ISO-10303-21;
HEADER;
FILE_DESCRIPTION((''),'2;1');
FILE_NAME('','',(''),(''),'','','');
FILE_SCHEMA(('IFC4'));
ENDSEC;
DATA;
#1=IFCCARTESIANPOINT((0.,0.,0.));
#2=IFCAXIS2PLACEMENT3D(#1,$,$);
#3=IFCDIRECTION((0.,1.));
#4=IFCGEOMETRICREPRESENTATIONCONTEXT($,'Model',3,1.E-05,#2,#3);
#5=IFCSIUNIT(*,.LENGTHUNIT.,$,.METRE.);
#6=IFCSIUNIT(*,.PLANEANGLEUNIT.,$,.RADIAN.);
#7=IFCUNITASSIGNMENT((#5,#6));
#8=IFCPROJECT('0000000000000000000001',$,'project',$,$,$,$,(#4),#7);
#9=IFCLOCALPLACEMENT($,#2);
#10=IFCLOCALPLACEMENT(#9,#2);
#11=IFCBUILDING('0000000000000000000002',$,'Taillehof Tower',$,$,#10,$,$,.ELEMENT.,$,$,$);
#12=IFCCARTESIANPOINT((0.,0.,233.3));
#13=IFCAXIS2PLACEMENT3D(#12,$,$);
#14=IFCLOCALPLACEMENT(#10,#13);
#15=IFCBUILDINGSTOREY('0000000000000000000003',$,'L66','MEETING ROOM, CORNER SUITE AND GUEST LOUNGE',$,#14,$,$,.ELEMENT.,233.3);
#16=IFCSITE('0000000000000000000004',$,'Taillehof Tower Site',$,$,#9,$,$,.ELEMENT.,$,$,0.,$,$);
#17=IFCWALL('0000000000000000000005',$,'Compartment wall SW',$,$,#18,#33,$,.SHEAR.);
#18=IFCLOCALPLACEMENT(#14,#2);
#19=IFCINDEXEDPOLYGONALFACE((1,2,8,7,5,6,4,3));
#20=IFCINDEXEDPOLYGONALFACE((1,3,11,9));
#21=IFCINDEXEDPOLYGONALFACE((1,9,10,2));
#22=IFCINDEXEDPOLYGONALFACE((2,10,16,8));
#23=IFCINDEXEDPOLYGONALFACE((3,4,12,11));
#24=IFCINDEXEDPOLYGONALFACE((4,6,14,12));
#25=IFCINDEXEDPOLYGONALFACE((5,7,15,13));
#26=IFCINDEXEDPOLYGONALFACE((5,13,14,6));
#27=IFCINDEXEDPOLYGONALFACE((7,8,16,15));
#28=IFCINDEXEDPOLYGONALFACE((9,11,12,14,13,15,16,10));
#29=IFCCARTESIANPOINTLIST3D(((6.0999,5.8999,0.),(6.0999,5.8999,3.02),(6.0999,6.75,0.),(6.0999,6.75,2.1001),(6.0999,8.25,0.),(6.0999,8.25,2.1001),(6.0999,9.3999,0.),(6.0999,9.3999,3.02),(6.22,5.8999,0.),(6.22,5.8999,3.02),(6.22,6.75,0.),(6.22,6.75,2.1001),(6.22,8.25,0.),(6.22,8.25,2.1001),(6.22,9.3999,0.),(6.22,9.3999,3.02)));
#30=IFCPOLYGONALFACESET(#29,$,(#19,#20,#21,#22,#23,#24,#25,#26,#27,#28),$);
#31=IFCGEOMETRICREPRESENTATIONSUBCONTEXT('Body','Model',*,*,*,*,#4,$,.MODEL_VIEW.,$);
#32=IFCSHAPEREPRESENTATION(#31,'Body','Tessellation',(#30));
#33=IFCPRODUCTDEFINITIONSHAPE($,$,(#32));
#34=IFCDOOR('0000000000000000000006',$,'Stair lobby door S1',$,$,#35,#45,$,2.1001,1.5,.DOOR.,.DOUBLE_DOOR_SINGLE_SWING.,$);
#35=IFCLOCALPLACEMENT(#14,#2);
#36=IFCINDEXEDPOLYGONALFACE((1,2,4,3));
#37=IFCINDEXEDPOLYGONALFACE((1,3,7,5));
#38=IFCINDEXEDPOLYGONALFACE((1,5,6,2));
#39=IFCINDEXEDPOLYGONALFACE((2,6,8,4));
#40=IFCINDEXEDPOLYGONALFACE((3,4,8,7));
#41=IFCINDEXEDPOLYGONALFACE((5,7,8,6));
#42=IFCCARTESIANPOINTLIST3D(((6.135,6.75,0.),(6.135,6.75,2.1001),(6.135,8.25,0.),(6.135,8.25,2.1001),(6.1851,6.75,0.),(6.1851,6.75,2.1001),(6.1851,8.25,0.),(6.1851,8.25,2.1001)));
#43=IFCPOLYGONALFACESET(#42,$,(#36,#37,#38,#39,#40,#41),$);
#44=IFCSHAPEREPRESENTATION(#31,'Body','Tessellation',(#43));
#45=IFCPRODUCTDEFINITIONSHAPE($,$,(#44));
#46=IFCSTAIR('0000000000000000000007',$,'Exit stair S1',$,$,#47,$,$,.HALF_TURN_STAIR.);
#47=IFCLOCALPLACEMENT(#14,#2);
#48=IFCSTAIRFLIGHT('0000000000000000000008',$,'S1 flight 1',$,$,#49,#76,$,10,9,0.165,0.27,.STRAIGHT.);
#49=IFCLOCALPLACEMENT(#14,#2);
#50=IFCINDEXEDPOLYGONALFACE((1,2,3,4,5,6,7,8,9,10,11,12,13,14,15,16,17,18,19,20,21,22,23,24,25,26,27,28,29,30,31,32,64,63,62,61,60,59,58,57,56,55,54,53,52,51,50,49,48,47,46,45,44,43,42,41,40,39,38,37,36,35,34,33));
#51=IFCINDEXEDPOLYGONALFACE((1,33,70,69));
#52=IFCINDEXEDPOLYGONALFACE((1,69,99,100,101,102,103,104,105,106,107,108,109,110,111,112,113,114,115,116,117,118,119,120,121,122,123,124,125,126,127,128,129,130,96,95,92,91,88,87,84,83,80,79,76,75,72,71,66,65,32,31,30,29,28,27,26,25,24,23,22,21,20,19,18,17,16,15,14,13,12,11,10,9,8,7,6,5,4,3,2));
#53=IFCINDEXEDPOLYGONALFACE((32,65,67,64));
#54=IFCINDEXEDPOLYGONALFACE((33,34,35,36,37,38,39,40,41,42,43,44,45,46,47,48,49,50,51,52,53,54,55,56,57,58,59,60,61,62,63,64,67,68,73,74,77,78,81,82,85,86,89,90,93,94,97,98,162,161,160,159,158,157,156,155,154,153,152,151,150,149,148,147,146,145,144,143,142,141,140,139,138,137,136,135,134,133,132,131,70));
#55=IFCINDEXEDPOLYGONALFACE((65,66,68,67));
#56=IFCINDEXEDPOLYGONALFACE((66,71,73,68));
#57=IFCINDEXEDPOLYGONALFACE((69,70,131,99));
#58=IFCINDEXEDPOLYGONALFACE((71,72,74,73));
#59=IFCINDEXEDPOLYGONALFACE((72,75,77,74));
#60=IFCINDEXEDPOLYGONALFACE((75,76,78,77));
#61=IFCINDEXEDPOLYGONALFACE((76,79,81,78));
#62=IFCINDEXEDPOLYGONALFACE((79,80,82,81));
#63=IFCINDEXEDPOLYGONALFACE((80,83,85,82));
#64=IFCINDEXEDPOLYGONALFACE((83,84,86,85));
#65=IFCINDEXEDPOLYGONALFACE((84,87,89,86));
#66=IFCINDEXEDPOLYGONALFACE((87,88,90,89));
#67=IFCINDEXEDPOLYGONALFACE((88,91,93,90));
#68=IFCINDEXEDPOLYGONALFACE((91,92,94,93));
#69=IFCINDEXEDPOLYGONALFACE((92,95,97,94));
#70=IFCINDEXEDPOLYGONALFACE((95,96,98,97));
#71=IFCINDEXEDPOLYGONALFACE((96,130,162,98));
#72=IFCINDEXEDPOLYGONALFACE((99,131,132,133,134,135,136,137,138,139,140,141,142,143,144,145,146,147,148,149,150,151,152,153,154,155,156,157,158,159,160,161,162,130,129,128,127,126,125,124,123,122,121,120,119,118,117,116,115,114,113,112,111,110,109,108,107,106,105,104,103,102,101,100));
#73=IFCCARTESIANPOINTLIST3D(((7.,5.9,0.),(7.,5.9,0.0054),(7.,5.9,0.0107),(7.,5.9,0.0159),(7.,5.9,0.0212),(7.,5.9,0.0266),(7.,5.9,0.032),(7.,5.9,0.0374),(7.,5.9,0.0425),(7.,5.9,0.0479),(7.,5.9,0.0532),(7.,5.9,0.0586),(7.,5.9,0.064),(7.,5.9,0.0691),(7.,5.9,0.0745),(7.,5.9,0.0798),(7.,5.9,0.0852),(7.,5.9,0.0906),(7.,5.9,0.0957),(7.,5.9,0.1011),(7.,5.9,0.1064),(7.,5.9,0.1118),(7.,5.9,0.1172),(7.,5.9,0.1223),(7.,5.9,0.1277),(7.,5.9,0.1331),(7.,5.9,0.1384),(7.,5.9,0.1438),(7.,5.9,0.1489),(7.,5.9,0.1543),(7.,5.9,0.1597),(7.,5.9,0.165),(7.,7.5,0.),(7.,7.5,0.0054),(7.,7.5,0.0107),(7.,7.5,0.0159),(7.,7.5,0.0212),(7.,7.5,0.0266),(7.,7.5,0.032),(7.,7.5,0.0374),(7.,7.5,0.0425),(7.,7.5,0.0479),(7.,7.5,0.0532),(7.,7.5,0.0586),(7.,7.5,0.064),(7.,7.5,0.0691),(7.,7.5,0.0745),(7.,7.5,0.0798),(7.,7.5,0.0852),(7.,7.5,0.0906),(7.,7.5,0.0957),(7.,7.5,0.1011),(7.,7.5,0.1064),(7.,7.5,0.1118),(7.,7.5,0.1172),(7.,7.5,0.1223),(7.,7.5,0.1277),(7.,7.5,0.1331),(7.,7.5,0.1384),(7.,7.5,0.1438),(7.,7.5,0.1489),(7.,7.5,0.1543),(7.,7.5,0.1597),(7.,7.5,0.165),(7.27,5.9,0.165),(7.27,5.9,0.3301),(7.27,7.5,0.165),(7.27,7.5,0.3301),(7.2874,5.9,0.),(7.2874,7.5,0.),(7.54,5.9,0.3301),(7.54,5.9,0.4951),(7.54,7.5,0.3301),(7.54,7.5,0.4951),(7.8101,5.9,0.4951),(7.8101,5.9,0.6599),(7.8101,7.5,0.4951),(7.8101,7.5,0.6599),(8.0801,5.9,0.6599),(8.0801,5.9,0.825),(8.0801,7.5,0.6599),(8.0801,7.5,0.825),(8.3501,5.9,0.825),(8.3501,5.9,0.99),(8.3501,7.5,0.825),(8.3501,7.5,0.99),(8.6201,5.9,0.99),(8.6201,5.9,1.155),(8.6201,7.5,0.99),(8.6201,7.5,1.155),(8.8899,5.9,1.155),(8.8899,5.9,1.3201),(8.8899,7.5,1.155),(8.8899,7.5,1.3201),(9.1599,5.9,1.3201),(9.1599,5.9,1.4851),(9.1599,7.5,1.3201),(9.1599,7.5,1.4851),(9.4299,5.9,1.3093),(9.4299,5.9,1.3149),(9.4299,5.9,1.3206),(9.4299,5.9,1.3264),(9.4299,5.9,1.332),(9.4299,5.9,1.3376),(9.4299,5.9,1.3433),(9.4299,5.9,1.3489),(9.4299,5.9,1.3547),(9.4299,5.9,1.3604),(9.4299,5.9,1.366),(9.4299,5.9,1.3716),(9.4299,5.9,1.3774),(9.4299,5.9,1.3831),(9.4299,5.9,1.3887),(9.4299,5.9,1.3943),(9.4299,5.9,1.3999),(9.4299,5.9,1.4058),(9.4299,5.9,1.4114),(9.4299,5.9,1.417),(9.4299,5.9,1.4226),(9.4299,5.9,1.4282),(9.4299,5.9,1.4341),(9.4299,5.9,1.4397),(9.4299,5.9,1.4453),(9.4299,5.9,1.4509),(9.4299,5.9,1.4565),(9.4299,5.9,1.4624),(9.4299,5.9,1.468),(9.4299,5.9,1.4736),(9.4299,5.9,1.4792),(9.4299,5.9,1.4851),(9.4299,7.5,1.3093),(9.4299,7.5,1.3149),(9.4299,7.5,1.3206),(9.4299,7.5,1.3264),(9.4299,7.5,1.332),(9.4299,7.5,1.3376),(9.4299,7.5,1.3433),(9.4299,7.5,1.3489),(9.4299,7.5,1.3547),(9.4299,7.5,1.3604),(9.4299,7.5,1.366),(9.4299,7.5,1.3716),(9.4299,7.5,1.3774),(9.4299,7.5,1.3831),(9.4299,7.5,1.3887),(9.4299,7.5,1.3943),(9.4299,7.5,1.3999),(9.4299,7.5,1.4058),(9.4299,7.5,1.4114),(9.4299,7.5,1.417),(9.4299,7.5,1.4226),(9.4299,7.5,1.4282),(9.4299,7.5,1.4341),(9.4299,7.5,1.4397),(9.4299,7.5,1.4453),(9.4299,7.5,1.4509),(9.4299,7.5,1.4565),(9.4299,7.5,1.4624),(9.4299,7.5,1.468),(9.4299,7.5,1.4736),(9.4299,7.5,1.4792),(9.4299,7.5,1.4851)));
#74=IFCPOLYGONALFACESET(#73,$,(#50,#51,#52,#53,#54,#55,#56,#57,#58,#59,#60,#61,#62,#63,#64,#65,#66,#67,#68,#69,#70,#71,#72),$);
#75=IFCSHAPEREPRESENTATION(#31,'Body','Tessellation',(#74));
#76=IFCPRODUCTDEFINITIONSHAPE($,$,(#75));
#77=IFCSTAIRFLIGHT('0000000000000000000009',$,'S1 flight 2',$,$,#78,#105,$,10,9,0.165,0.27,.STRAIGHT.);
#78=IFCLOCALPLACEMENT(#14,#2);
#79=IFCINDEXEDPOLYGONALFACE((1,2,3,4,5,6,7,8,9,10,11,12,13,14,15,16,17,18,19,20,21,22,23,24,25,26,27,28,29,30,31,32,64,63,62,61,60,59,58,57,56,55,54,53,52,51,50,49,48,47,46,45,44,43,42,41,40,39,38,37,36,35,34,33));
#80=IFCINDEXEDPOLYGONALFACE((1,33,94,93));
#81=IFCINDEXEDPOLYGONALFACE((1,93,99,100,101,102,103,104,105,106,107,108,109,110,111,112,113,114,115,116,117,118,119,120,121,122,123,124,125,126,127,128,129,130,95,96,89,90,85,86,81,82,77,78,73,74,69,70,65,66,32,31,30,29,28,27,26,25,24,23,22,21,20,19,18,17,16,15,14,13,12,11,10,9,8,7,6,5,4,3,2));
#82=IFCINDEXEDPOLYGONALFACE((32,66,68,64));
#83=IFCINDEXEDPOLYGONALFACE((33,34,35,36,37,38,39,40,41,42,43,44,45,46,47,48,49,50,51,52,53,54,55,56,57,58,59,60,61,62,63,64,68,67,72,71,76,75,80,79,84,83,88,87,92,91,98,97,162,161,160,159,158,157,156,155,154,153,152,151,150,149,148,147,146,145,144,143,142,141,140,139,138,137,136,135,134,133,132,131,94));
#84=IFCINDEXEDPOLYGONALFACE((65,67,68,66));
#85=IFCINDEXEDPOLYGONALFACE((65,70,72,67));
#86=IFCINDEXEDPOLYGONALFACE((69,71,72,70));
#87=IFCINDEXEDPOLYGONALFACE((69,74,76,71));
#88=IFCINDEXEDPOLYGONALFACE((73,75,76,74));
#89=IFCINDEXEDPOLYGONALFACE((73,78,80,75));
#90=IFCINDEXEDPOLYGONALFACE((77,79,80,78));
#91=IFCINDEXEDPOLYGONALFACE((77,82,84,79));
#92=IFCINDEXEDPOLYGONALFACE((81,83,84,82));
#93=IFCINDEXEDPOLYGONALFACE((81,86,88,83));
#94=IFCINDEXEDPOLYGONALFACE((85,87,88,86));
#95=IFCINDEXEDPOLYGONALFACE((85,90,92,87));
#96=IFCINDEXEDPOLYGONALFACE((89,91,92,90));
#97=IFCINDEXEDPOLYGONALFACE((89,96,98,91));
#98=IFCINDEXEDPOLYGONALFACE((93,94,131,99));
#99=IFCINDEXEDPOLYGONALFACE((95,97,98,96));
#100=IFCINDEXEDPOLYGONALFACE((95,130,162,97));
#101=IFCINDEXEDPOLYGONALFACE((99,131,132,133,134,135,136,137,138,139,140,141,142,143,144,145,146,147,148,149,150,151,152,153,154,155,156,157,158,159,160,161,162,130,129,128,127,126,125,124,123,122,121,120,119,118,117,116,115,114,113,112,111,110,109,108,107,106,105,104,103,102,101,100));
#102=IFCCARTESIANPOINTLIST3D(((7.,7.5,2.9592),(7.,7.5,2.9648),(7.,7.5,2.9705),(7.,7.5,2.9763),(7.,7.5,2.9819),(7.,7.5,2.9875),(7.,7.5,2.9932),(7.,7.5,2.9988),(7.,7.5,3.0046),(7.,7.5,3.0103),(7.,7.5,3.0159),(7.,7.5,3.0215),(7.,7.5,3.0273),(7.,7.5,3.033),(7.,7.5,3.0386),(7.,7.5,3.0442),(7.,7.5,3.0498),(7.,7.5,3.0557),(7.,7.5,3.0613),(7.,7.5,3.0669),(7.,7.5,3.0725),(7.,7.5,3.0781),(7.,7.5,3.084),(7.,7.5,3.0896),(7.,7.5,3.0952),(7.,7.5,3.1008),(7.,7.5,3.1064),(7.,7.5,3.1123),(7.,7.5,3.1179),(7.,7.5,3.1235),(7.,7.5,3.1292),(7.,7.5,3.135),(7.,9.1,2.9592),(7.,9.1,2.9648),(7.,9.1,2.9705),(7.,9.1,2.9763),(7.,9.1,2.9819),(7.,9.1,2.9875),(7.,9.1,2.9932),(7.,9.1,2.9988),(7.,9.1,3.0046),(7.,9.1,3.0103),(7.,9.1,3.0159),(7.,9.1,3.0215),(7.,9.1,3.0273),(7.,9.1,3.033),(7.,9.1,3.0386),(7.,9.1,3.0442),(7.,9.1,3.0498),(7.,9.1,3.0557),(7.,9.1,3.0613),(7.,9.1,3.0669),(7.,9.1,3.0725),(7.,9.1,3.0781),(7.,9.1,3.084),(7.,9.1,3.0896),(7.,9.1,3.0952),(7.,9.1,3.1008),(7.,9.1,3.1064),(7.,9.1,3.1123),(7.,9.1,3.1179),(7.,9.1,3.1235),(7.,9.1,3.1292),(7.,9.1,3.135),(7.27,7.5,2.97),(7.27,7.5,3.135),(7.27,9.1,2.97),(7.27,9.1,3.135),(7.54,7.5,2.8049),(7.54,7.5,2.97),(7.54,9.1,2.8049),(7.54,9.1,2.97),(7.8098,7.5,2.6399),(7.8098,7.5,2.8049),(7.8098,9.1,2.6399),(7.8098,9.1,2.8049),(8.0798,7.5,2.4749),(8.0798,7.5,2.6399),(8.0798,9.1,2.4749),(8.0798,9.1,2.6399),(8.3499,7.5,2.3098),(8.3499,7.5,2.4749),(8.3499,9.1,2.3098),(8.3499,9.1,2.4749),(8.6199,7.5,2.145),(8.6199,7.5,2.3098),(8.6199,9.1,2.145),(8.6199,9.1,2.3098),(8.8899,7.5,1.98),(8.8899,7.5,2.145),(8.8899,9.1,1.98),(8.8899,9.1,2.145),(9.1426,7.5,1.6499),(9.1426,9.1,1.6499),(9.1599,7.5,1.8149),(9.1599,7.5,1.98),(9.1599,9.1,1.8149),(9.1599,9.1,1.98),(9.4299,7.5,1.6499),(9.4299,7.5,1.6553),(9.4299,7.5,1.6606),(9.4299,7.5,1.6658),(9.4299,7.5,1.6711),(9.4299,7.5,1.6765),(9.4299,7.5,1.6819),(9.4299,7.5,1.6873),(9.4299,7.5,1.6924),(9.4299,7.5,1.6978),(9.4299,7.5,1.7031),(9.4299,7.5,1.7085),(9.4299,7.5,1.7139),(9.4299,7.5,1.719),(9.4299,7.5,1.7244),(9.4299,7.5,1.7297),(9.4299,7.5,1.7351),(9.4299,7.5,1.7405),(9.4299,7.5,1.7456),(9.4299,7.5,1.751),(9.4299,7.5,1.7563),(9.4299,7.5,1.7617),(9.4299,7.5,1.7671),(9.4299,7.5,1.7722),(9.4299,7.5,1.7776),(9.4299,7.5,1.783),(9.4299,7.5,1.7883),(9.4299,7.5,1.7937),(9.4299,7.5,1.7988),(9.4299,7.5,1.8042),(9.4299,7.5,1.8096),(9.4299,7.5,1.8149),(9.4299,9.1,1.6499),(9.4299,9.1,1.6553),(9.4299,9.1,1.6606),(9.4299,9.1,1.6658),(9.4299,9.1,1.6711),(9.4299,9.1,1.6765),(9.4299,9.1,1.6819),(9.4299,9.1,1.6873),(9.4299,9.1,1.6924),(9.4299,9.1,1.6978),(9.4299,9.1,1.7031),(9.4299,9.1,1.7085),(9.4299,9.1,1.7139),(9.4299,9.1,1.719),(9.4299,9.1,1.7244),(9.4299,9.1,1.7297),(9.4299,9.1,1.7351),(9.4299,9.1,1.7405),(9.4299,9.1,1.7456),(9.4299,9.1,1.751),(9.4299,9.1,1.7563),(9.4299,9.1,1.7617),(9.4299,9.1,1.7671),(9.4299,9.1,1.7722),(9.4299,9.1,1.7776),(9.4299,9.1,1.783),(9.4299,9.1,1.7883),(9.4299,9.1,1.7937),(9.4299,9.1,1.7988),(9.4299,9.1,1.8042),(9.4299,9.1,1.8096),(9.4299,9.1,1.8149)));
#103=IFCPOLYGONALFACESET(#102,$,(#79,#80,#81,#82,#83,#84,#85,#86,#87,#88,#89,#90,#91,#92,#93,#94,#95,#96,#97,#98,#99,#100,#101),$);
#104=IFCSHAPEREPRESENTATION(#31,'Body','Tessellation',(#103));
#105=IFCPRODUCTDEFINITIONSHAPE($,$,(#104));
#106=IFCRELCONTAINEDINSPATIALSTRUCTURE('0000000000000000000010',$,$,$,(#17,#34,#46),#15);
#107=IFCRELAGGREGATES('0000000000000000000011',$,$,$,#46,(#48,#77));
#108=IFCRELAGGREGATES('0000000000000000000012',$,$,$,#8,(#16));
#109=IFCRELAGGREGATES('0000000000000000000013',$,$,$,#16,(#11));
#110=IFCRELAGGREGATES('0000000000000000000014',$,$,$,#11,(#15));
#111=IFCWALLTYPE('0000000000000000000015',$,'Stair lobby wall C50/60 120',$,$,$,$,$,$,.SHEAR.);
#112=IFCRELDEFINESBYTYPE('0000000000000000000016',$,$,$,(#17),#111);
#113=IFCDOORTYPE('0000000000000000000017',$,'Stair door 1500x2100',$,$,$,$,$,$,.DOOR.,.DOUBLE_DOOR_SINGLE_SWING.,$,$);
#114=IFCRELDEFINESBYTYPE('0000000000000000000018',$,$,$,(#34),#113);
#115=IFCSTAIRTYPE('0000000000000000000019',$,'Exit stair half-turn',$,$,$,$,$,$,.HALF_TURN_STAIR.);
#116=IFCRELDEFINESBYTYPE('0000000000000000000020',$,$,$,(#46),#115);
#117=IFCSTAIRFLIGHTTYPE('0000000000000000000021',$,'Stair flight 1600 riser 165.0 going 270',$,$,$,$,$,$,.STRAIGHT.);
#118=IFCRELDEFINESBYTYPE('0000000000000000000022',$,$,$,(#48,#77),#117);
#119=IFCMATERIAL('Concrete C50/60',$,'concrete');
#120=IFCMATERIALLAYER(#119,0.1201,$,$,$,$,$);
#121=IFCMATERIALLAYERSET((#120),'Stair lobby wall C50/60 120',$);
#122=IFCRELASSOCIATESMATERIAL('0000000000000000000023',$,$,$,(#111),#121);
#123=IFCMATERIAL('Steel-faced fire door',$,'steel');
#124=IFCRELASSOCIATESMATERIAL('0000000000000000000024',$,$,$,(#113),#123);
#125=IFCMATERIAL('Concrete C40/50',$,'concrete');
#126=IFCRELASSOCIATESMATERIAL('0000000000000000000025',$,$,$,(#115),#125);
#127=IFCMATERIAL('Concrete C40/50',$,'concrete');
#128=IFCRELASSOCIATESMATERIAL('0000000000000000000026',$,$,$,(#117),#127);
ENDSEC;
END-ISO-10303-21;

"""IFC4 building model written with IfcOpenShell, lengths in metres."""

from ifc_helpers import new_model, si_unit, direction, frame, frame_2d, origin, place, context, subcontext, project, spatial, polyline, rectangle, outline, extrude, material, layer, layer_set, type_object, element, fill, aggregate, save


model = new_model("IFC4")

# Units and contexts
model_context = context("Model", 3, precision=1e-05, world=origin(), true_north=direction((0.0, 1.0)))
body_context = subcontext(model_context, "Body", "Model", "MODEL_VIEW")
ifc_project = project(units=[si_unit("LENGTHUNIT", "METRE"), si_unit("PLANEANGLEUNIT", "RADIAN")], contexts=[model_context])

# Site, building, storey
site_placement = place(None, origin())
site = spatial("IfcSite", under=ifc_project, at=site_placement, Name="Taillehof Tower Site", CompositionType="ELEMENT", RefElevation=0.0)
building_placement = place(site_placement, origin())
building = spatial("IfcBuilding", under=site, at=building_placement, Name="Taillehof Tower", CompositionType="ELEMENT")
storey_placement = place(building_placement, frame((0.0, 0.0, 233.3)))
storey = spatial("IfcBuildingStorey", under=building, at=storey_placement, Name="L66", Description="MEETING ROOM, CORNER SUITE AND GUEST LOUNGE", CompositionType="ELEMENT", Elevation=233.3)

# Wall, opening, door
ifc_material_1 = material(Name="Concrete C50/60", Category="concrete")
ifc_layer_1 = layer(ifc_material_1, 0.1201)
ifc_layer_set_1 = layer_set([ifc_layer_1], Name="Stair lobby wall C50/60 120")
wall_type_1 = type_object("IfcWallType", Name="Stair lobby wall C50/60 120", PredefinedType="SHEAR", material=ifc_layer_set_1)
wall_1_placement = place(storey_placement, frame((6.1599, 5.8999, 0.0), z_axis=(0.0, 0.0, 1.0), x_axis=(0.0, 1.0, 0.0)))
wall_1 = element("IfcWall", 1, at=wall_1_placement, inside=storey, type_object=wall_type_1, Name="Compartment wall SW", PredefinedType="SHEAR", context=body_context, shape_type="SweptSolid", body=[
    extrude(rectangle(XDim=3.5, YDim=0.1201, at=frame_2d((1.75, 0.0))), origin(), (0.0, 0.0, 1.0), 3.02),
])
opening_1_placement = place(wall_1_placement, frame((0.8501, 0.0, 0.0)))
opening_1 = element("IfcOpeningElement", 2, at=opening_1_placement, cuts=wall_1, PredefinedType="OPENING", context=body_context, shape_type="SweptSolid", body=[
    extrude(rectangle(XDim=1.5, YDim=2.1001, at=frame_2d((0.75, 1.05))), frame((0.0, 0.0701, 0.0), z_axis=(0.0, -1.0, 0.0), x_axis=(1.0, 0.0, 0.0)), (0.0, 0.0, 1.0), 0.1401),
])
ifc_material_2 = material(Name="Steel-faced fire door", Category="steel")
door_type_1 = type_object("IfcDoorType", Name="Stair door 1500x2100", OperationType="DOUBLE_DOOR_SINGLE_SWING", PredefinedType="DOOR", material=ifc_material_2)
door_1_placement = place(opening_1_placement, origin())
door_1 = element("IfcDoor", 3, at=door_1_placement, inside=storey, type_object=door_type_1, Name="Stair lobby door S1", OperationType="DOUBLE_DOOR_SINGLE_SWING", OverallHeight=2.1001, OverallWidth=1.5, PredefinedType="DOOR", context=body_context, shape_type="SweptSolid", body=[
    extrude(rectangle(XDim=1.5, YDim=2.1001, at=frame_2d((0.75, 1.05))), frame((0.0, 0.0249, 0.0), z_axis=(0.0, -1.0, 0.0), x_axis=(1.0, 0.0, 0.0)), (0.0, 0.0, 1.0), 0.05),
])
fill(opening_1, door_1)

# Stair, stair flights
ifc_material_3 = material(Name="Concrete C40/50", Category="concrete")
stair_type = type_object("IfcStairType", Name="Exit stair half-turn", PredefinedType="HALF_TURN_STAIR", material=ifc_material_3)
stair_placement = place(storey_placement, origin())
stair = element("IfcStair", 4, at=stair_placement, inside=storey, type_object=stair_type, Name="Exit stair S1", PredefinedType="HALF_TURN_STAIR")
ifc_material_4 = material(Name="Concrete C40/50", Category="concrete")
stair_flight_type = type_object("IfcStairFlightType", Name="Stair flight 1600 riser 165.0 going 270", PredefinedType="STRAIGHT", material=ifc_material_4)
stair_flight_1_placement = place(storey_placement, frame((7.0, 6.7, 0.0), z_axis=(0.0, 0.0, 1.0), x_axis=(1.0, 0.0, 0.0)))
stair_flight_1 = element("IfcStairFlight", 5, at=stair_flight_1_placement, type_object=stair_flight_type, Name="S1 flight 1", NumberOfRisers=10, NumberOfTreads=9, PredefinedType="STRAIGHT", RiserHeight=0.165, TreadLength=0.27, context=body_context, shape_type="SweptSolid", body=[
    extrude(outline(polyline([(0.0, 0.0), (0.0, 0.0054), (0.0, 0.0107), (0.0, 0.0159), (0.0, 0.0212), (0.0, 0.0266), (0.0, 0.032), (0.0, 0.0374), (0.0, 0.0425), (0.0, 0.0479), (0.0, 0.0532), (0.0, 0.0586), (0.0, 0.064), (0.0, 0.0691), (0.0, 0.0745), (0.0, 0.0798), (0.0, 0.0852), (0.0, 0.0906), (0.0, 0.0957), (0.0, 0.1011), (0.0, 0.1064), (0.0, 0.1118), (0.0, 0.1172), (0.0, 0.1223), (0.0, 0.1277), (0.0, 0.1331), (0.0, 0.1384), (0.0, 0.1438), (0.0, 0.1489), (0.0, 0.1543), (0.0, 0.1597), (0.0, 0.165), (0.27, 0.165), (0.27, 0.3301), (0.54, 0.3301), (0.54, 0.4951), (0.8101, 0.4951), (0.8101, 0.6599), (1.0801, 0.6599), (1.0801, 0.825), (1.3501, 0.825), (1.3501, 0.99), (1.6201, 0.99), (1.6201, 1.155), (1.8899, 1.155), (1.8899, 1.3201), (2.1599, 1.3201), (2.1599, 1.4851), (2.4299, 1.4851), (2.4299, 1.4792), (2.4299, 1.4736), (2.4299, 1.468), (2.4299, 1.4624), (2.4299, 1.4565), (2.4299, 1.4509), (2.4299, 1.4453), (2.4299, 1.4397), (2.4299, 1.4341), (2.4299, 1.4282), (2.4299, 1.4226), (2.4299, 1.417), (2.4299, 1.4114), (2.4299, 1.4058), (2.4299, 1.3999), (2.4299, 1.3943), (2.4299, 1.3887), (2.4299, 1.3831), (2.4299, 1.3774), (2.4299, 1.3716), (2.4299, 1.366), (2.4299, 1.3604), (2.4299, 1.3547), (2.4299, 1.3489), (2.4299, 1.3433), (2.4299, 1.3376), (2.4299, 1.332), (2.4299, 1.3264), (2.4299, 1.3206), (2.4299, 1.3149), (2.4299, 1.3093), (0.2874, 0.0), (0.0, 0.0)])), frame((0.0, 0.8, 0.0), z_axis=(0.0, -1.0, 0.0), x_axis=(1.0, 0.0, 0.0)), (0.0, 0.0, 1.0), 1.6),
])
stair_flight_2_placement = place(storey_placement, frame((9.4299, 8.3, 1.6499), z_axis=(0.0, 0.0, 1.0), x_axis=(-1.0, 0.0, 0.0)))
stair_flight_2 = element("IfcStairFlight", 6, at=stair_flight_2_placement, type_object=stair_flight_type, Name="S1 flight 2", NumberOfRisers=10, NumberOfTreads=9, PredefinedType="STRAIGHT", RiserHeight=0.165, TreadLength=0.27, context=body_context, shape_type="SweptSolid", body=[
    extrude(outline(polyline([(0.0, 0.0), (0.0, 0.0054), (0.0, 0.0107), (0.0, 0.0159), (0.0, 0.0212), (0.0, 0.0266), (0.0, 0.032), (0.0, 0.0374), (0.0, 0.0425), (0.0, 0.0479), (0.0, 0.0532), (0.0, 0.0586), (0.0, 0.064), (0.0, 0.0691), (0.0, 0.0745), (0.0, 0.0798), (0.0, 0.0852), (0.0, 0.0906), (0.0, 0.0957), (0.0, 0.1011), (0.0, 0.1064), (0.0, 0.1118), (0.0, 0.1172), (0.0, 0.1223), (0.0, 0.1277), (0.0, 0.1331), (0.0, 0.1384), (0.0, 0.1438), (0.0, 0.1489), (0.0, 0.1543), (0.0, 0.1597), (0.0, 0.165), (0.27, 0.165), (0.27, 0.3301), (0.54, 0.3301), (0.54, 0.4951), (0.8101, 0.4951), (0.8101, 0.6599), (1.0801, 0.6599), (1.0801, 0.825), (1.3501, 0.825), (1.3501, 0.99), (1.6201, 0.99), (1.6201, 1.155), (1.8899, 1.155), (1.8899, 1.3201), (2.1599, 1.3201), (2.1599, 1.4851), (2.4299, 1.4851), (2.4299, 1.4792), (2.4299, 1.4736), (2.4299, 1.468), (2.4299, 1.4624), (2.4299, 1.4565), (2.4299, 1.4509), (2.4299, 1.4453), (2.4299, 1.4397), (2.4299, 1.4341), (2.4299, 1.4282), (2.4299, 1.4226), (2.4299, 1.417), (2.4299, 1.4114), (2.4299, 1.4058), (2.4299, 1.3999), (2.4299, 1.3943), (2.4299, 1.3887), (2.4299, 1.3831), (2.4299, 1.3774), (2.4299, 1.3716), (2.4299, 1.366), (2.4299, 1.3604), (2.4299, 1.3547), (2.4299, 1.3489), (2.4299, 1.3433), (2.4299, 1.3376), (2.4299, 1.332), (2.4299, 1.3264), (2.4299, 1.3206), (2.4299, 1.3149), (2.4299, 1.3093), (0.2874, 0.0), (0.0, 0.0)])), frame((0.0, 0.8, 0.0), z_axis=(0.0, -1.0, 0.0), x_axis=(1.0, 0.0, 0.0)), (0.0, 0.0, 1.0), 1.6),
])
aggregate(stair, [stair_flight_1, stair_flight_2])

save(model, "model.ifc")
